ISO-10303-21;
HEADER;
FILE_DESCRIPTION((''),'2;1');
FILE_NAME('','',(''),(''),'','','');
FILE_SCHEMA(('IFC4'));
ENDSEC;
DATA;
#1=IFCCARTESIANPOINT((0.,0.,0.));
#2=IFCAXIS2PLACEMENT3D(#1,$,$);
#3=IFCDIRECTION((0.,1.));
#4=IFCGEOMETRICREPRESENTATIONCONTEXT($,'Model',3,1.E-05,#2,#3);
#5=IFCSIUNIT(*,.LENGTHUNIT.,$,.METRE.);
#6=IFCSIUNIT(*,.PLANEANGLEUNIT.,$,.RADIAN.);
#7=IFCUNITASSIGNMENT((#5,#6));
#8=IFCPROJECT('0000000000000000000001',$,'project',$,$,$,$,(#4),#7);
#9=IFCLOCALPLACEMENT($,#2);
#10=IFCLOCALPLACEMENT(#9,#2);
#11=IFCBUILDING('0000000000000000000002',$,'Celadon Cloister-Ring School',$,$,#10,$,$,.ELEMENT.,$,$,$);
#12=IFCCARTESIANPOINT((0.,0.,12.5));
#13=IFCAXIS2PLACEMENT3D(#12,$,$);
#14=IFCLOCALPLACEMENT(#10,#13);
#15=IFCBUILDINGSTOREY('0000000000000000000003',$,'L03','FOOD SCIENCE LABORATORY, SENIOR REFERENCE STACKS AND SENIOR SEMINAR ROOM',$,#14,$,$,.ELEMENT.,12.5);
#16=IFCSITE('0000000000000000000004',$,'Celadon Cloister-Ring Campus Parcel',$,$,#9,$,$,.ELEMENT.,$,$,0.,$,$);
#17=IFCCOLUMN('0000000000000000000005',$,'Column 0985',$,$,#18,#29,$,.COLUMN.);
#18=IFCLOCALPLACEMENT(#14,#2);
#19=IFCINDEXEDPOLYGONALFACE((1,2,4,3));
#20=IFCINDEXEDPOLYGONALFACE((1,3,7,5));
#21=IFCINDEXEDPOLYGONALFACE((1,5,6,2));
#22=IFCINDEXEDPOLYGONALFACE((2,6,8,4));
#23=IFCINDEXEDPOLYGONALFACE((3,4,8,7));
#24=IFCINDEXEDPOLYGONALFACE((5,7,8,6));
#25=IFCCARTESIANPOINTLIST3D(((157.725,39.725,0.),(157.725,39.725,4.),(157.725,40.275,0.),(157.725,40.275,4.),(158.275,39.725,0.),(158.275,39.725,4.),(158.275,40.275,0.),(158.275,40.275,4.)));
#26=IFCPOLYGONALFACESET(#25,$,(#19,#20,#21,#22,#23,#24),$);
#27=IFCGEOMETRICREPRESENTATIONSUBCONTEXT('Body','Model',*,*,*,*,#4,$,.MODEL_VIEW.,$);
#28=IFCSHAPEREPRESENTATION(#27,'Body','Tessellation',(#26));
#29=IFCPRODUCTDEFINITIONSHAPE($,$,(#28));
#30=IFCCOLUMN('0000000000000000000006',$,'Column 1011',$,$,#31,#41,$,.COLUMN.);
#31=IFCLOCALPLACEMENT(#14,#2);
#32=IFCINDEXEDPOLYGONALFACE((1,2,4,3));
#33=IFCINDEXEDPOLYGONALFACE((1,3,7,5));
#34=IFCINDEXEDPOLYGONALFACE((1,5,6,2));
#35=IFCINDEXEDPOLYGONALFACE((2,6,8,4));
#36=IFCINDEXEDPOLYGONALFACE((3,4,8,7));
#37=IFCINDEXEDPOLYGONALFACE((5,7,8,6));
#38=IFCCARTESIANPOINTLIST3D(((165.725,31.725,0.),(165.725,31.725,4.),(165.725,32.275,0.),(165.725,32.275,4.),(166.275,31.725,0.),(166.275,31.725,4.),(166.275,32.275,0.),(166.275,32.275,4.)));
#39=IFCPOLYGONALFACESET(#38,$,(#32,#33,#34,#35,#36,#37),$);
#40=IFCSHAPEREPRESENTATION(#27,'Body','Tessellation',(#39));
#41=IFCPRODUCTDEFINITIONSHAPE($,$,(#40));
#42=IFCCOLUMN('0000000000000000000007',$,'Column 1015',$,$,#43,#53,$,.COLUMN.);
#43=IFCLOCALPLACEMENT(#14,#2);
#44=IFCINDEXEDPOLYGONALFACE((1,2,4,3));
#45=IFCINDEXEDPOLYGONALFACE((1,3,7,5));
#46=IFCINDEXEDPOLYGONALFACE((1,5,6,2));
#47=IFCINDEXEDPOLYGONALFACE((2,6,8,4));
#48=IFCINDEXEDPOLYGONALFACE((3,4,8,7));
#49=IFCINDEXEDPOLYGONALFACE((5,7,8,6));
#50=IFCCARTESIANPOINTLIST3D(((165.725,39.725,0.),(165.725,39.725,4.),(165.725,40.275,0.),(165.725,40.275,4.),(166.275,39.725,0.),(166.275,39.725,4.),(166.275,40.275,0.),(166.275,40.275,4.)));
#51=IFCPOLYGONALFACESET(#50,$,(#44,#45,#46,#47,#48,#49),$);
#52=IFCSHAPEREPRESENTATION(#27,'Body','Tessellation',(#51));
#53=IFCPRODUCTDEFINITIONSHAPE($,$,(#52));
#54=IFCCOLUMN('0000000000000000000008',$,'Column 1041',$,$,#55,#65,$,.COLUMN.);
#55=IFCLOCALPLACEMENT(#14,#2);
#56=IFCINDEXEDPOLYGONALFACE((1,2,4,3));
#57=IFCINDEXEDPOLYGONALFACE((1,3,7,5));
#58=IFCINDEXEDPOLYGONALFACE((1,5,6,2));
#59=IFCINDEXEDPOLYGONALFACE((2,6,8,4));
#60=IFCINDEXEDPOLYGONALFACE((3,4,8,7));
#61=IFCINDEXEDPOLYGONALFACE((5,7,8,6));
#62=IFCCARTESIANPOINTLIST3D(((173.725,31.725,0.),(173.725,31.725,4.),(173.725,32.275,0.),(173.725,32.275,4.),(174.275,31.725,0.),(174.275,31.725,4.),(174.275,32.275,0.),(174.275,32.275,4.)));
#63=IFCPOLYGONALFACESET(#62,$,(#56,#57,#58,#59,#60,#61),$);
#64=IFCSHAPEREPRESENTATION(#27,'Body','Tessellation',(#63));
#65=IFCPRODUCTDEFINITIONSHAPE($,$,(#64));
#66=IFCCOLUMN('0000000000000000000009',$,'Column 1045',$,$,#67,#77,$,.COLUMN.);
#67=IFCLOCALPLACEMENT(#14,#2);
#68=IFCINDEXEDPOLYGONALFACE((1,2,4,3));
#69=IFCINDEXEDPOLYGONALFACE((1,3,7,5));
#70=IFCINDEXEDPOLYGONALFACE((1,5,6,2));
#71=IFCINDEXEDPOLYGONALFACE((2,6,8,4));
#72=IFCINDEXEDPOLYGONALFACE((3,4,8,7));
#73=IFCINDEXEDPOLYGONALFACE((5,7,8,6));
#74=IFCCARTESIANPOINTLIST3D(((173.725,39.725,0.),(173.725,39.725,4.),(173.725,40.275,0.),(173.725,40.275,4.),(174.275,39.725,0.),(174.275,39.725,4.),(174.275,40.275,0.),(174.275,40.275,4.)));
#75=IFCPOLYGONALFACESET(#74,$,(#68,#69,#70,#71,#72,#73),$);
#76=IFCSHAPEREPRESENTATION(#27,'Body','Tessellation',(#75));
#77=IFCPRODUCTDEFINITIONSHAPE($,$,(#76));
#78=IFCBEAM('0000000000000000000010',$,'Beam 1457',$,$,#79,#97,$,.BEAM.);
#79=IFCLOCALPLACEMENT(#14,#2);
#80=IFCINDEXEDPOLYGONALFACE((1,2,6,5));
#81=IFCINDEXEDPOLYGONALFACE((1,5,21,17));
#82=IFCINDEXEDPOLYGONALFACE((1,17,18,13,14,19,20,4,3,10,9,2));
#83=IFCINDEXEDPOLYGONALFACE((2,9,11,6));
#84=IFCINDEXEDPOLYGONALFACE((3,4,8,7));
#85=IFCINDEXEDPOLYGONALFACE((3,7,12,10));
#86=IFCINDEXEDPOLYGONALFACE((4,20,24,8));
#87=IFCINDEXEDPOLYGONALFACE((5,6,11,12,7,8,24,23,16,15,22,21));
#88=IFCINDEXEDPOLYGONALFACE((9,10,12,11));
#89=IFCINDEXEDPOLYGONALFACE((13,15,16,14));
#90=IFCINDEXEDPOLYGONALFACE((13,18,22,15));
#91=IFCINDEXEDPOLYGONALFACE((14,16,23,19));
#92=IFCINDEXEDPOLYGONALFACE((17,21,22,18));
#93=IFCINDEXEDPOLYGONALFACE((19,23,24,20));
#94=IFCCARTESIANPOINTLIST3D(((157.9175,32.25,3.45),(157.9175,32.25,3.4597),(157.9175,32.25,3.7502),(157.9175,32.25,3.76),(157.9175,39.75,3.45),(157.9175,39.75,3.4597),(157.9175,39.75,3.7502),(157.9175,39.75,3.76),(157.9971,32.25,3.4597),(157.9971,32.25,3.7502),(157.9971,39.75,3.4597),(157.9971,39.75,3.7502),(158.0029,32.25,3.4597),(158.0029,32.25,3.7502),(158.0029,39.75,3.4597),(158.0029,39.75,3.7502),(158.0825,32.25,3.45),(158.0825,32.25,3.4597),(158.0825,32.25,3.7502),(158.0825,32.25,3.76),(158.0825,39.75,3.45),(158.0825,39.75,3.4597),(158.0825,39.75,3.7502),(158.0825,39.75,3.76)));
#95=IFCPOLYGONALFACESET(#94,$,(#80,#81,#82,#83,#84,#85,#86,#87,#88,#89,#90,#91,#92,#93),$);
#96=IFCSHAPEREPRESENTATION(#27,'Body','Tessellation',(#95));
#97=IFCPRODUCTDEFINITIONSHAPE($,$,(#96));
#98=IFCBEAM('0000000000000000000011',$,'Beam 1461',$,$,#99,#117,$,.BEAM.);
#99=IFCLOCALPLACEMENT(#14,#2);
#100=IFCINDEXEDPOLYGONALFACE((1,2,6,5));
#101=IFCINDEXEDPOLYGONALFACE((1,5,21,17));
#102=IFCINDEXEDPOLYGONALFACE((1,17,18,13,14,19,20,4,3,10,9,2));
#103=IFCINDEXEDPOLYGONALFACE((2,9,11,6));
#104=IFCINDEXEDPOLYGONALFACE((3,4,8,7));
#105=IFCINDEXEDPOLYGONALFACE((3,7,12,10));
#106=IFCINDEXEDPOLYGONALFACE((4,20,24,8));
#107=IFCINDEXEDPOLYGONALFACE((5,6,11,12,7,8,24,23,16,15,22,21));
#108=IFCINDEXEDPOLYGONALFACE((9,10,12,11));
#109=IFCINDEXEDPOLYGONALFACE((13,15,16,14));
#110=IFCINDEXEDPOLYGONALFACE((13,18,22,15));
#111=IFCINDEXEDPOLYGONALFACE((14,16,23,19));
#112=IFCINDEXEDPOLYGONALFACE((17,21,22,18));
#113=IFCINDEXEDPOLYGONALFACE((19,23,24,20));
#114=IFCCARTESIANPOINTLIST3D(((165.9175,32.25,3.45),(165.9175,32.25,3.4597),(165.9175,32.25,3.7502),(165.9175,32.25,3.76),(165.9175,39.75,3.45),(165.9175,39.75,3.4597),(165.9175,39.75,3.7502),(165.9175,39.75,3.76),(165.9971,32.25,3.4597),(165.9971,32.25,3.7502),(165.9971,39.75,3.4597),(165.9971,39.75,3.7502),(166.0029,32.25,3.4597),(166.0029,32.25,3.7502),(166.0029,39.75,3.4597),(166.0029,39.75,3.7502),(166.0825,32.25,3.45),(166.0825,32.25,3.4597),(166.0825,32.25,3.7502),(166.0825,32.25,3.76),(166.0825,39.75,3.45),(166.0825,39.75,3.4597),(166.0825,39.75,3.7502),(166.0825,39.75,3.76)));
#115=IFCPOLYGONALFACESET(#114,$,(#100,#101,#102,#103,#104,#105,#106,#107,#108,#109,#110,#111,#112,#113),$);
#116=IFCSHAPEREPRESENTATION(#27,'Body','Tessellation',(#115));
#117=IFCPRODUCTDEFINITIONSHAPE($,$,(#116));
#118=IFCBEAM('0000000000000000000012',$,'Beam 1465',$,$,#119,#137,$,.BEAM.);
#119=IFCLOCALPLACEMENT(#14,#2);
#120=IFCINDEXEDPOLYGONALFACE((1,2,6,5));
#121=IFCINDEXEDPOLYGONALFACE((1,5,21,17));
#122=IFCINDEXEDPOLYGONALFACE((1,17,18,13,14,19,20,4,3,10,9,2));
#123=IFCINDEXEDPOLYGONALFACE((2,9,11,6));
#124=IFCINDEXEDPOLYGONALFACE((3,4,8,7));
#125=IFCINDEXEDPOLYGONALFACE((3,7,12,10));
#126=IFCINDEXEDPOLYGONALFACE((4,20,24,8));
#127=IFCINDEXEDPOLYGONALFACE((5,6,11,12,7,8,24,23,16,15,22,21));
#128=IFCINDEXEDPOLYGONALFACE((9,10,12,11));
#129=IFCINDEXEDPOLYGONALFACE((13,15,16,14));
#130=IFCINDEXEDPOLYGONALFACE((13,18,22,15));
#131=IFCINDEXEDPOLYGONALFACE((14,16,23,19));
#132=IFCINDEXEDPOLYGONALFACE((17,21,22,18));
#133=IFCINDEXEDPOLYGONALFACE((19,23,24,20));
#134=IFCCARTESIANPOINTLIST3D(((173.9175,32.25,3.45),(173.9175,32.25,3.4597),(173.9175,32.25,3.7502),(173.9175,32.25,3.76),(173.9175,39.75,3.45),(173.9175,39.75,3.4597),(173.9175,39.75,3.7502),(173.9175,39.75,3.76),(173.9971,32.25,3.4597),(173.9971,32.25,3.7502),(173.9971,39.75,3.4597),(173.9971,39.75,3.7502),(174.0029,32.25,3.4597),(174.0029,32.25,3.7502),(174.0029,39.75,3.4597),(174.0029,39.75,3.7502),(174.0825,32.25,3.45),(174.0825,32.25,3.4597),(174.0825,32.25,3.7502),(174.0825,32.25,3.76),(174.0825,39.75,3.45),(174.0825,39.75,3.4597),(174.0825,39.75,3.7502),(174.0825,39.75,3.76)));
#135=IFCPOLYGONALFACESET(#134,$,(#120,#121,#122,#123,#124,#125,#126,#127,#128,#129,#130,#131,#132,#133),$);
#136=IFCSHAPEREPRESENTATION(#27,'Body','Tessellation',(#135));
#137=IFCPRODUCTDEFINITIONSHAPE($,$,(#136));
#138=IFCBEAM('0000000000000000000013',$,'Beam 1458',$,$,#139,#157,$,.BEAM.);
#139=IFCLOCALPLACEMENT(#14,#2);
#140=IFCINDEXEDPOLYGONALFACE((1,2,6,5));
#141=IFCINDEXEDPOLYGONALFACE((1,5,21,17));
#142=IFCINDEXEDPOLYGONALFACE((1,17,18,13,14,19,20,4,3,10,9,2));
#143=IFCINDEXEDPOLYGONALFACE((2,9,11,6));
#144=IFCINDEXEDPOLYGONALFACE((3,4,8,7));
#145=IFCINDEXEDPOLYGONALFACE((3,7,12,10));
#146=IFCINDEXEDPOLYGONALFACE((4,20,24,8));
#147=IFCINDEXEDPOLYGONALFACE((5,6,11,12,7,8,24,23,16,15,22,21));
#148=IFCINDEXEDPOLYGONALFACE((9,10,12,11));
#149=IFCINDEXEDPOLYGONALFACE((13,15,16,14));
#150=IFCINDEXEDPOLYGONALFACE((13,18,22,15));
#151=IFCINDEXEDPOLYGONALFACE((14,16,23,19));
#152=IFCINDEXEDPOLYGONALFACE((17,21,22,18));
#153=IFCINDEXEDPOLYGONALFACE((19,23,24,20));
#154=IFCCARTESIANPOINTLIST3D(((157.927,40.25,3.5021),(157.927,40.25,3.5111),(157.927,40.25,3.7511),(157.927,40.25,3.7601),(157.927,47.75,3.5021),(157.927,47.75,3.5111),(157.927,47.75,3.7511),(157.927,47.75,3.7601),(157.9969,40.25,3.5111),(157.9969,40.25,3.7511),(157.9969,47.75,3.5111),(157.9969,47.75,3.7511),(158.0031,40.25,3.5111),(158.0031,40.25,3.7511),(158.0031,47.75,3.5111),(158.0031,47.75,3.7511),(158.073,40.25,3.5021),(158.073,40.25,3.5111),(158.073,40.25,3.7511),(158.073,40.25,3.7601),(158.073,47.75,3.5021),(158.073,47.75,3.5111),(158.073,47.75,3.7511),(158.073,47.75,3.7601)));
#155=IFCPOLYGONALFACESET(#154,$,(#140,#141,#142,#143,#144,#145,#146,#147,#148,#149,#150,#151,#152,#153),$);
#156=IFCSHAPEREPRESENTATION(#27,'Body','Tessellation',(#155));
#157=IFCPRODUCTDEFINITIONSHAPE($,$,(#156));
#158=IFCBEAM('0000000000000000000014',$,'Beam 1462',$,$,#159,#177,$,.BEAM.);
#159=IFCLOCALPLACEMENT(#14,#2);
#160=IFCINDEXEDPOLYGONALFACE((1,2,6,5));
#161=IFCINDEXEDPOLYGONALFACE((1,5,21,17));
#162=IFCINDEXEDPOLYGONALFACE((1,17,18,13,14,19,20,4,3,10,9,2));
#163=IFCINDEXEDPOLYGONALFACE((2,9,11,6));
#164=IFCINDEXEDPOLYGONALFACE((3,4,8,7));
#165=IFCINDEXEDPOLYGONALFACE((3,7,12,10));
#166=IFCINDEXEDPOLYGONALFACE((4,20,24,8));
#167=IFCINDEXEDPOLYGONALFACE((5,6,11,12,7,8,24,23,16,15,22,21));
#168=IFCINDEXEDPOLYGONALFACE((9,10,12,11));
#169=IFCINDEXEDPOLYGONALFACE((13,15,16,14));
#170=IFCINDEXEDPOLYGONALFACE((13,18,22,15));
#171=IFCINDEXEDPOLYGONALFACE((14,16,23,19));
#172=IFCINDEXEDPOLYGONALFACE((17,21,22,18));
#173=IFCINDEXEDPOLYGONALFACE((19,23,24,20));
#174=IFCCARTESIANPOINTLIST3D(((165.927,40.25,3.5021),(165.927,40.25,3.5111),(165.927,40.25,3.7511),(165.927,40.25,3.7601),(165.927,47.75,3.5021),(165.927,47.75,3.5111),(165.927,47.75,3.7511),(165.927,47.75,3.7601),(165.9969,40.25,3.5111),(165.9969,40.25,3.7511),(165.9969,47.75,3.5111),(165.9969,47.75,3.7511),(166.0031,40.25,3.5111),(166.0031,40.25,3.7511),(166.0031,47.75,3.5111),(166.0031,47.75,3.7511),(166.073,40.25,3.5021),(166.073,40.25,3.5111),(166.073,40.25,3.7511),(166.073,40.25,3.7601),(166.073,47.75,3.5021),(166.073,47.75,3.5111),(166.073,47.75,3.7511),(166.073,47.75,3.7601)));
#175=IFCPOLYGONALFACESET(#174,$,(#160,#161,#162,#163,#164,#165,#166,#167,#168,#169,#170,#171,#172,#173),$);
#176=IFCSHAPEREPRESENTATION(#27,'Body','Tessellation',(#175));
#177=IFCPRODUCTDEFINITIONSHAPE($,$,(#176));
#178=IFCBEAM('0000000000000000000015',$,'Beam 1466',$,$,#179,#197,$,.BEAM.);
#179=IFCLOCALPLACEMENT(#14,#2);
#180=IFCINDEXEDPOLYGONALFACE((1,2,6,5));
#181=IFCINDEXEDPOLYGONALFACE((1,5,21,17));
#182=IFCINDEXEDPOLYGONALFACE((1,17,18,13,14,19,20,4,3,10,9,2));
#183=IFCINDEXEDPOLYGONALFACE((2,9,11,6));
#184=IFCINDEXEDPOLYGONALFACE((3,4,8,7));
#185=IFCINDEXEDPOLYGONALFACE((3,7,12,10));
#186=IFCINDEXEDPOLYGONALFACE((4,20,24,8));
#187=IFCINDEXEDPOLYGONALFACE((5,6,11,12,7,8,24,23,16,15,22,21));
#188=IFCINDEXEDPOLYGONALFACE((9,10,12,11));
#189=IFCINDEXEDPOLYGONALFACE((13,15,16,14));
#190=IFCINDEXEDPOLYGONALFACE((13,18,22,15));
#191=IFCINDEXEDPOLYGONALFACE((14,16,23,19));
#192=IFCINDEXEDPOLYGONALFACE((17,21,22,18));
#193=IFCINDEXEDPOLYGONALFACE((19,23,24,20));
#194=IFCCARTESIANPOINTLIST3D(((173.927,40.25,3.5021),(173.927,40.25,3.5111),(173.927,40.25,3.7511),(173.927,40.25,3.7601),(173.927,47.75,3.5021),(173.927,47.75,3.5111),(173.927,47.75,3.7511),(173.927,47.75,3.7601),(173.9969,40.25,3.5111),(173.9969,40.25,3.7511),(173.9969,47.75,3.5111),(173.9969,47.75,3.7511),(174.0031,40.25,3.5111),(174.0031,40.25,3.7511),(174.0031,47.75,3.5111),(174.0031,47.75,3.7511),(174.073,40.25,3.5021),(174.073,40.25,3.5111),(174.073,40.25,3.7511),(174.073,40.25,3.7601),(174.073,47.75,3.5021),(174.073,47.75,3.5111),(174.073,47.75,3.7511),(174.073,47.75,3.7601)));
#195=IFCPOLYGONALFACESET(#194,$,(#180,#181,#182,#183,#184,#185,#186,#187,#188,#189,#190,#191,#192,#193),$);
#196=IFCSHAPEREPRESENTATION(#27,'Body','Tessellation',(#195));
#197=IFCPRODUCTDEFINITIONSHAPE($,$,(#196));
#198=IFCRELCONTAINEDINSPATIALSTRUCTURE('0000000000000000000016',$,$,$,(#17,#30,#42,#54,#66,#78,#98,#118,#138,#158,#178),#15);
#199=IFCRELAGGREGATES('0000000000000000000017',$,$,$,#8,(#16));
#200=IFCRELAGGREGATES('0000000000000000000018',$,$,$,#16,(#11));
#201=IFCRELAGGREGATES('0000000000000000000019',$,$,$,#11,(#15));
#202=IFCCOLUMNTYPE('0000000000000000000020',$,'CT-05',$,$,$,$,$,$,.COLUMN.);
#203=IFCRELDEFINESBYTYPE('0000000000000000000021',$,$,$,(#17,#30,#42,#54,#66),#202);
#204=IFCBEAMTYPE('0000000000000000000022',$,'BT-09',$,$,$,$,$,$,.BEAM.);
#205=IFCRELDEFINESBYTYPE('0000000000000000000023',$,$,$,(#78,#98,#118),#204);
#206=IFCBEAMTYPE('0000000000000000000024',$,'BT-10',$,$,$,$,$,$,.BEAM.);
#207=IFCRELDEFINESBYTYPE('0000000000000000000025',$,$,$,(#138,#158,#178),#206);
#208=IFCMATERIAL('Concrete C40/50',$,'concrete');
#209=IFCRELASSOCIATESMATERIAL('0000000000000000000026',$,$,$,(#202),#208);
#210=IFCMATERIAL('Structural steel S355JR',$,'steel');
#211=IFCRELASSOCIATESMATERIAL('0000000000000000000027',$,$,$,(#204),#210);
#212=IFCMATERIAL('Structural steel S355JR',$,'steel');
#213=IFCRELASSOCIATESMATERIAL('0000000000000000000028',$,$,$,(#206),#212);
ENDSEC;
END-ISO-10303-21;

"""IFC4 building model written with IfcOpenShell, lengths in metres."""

from ifc_helpers import new_model, si_unit, direction, frame, origin, origin_2d, place, context, subcontext, project, spatial, rectangle, i_section, extrude, material, material_profile, profile_set, type_object, element, save


model = new_model("IFC4")

# Units and contexts
model_context = context("Model", 3, precision=1e-05, world=origin(), true_north=direction((0.0, 1.0)))
body_context = subcontext(model_context, "Body", "Model", "MODEL_VIEW")
ifc_project = project(units=[si_unit("LENGTHUNIT", "METRE"), si_unit("PLANEANGLEUNIT", "RADIAN")], contexts=[model_context])

# Site, building, storey
site_placement = place(None, origin())
site = spatial("IfcSite", under=ifc_project, at=site_placement, Name="Celadon Cloister-Ring Campus Parcel", CompositionType="ELEMENT", RefElevation=0.0)
building_placement = place(site_placement, origin())
building = spatial("IfcBuilding", under=site, at=building_placement, Name="Celadon Cloister-Ring School", CompositionType="ELEMENT")
storey_placement = place(building_placement, frame((0.0, 0.0, 12.5)))
storey = spatial("IfcBuildingStorey", under=building, at=storey_placement, Name="L03", Description="FOOD SCIENCE LABORATORY, SENIOR REFERENCE STACKS AND SENIOR SEMINAR ROOM", CompositionType="ELEMENT", Elevation=12.5)

# Columns
ifc_material_1 = material(Name="Concrete C40/50", Category="concrete")
ifc_material_profile_1 = material_profile(ifc_material_1, rectangle(XDim=0.55, YDim=0.55, at=origin_2d()), Name="RC550X550")
ifc_profile_set_1 = profile_set([ifc_material_profile_1], Name="Concrete C40/50")
column_type = type_object("IfcColumnType", Name="CT-05", PredefinedType="COLUMN", material=ifc_profile_set_1)
for number, where, z_axis, x_axis, name in (
    (1, (158.0, 40.0, 0.0), (0.0, 0.0, 1.0), (1.0, 0.0, 0.0), "Column 0985"),
    (2, (166.0, 32.0, 0.0), (0.0, 0.0, 1.0), (1.0, 0.0, 0.0), "Column 1011"),
    (3, (166.0, 40.0, 0.0), (0.0, 0.0, 1.0), (1.0, 0.0, 0.0), "Column 1015"),
    (4, (174.0, 32.0, 0.0), (0.0, 0.0, 1.0), (1.0, 0.0, 0.0), "Column 1041"),
    (5, (174.0, 40.0, 0.0), (0.0, 0.0, 1.0), (1.0, 0.0, 0.0), "Column 1045"),
):
    element("IfcColumn", number, at=place(storey_placement, frame(where, z_axis=z_axis, x_axis=x_axis)), inside=storey, type_object=column_type, Name=name, PredefinedType="COLUMN", context=body_context, shape_type="SweptSolid", body=[
        extrude(rectangle(XDim=0.55, YDim=0.55, at=origin_2d()), origin(), (0.0, 0.0, 1.0), 4.0),
    ])

# Beams
ifc_material_2 = material(Name="Structural steel S355JR", Category="steel")
ifc_material_profile_2 = material_profile(ifc_material_2, i_section(OverallWidth=0.165, OverallDepth=0.3101, WebThickness=0.0059, FlangeThickness=0.0098, at=origin_2d()), Name="W310X39")
ifc_profile_set_2 = profile_set([ifc_material_profile_2], Name="Structural steel S355JR")
beam_type_1 = type_object("IfcBeamType", Name="BT-09", PredefinedType="BEAM", material=ifc_profile_set_2)
for number, where, z_axis, x_axis, name in (
    (6, (158.0, 32.25, 3.605), (0.0, 1.0, 0.0), (-1.0, 0.0, 0.0), "Beam 1457"),
    (7, (166.0, 32.25, 3.605), (0.0, 1.0, 0.0), (-1.0, 0.0, 0.0), "Beam 1461"),
    (8, (174.0, 32.25, 3.605), (0.0, 1.0, 0.0), (-1.0, 0.0, 0.0), "Beam 1465"),
):
    element("IfcBeam", number, at=place(storey_placement, frame(where, z_axis=z_axis, x_axis=x_axis)), inside=storey, type_object=beam_type_1, Name=name, PredefinedType="BEAM", context=body_context, shape_type="SweptSolid", body=[
        extrude(i_section(OverallWidth=0.165, OverallDepth=0.3101, WebThickness=0.0059, FlangeThickness=0.0098, at=origin_2d()), origin(), (0.0, 0.0, 1.0), 7.5),
    ])
ifc_material_3 = material(Name="Structural steel S355JR", Category="steel")
ifc_material_profile_3 = material_profile(ifc_material_3, i_section(OverallWidth=0.146, OverallDepth=0.2581, WebThickness=0.0061, FlangeThickness=0.009, at=origin_2d()), Name="W250X33")
ifc_profile_set_3 = profile_set([ifc_material_profile_3], Name="Structural steel S355JR")
beam_type_2 = type_object("IfcBeamType", Name="BT-10", PredefinedType="BEAM", material=ifc_profile_set_3)
for number, where, z_axis, x_axis, name in (
    (9, (158.0, 40.25, 3.6311), (0.0, 1.0, 0.0), (-1.0, 0.0, 0.0), "Beam 1458"),
    (10, (166.0, 40.25, 3.6311), (0.0, 1.0, 0.0), (-1.0, 0.0, 0.0), "Beam 1462"),
    (11, (174.0, 40.25, 3.6311), (0.0, 1.0, 0.0), (-1.0, 0.0, 0.0), "Beam 1466"),
):
    element("IfcBeam", number, at=place(storey_placement, frame(where, z_axis=z_axis, x_axis=x_axis)), inside=storey, type_object=beam_type_2, Name=name, PredefinedType="BEAM", context=body_context, shape_type="SweptSolid", body=[
        extrude(i_section(OverallWidth=0.146, OverallDepth=0.2581, WebThickness=0.0061, FlangeThickness=0.009, at=origin_2d()), origin(), (0.0, 0.0, 1.0), 7.5),
    ])

save(model, "model.ifc")
